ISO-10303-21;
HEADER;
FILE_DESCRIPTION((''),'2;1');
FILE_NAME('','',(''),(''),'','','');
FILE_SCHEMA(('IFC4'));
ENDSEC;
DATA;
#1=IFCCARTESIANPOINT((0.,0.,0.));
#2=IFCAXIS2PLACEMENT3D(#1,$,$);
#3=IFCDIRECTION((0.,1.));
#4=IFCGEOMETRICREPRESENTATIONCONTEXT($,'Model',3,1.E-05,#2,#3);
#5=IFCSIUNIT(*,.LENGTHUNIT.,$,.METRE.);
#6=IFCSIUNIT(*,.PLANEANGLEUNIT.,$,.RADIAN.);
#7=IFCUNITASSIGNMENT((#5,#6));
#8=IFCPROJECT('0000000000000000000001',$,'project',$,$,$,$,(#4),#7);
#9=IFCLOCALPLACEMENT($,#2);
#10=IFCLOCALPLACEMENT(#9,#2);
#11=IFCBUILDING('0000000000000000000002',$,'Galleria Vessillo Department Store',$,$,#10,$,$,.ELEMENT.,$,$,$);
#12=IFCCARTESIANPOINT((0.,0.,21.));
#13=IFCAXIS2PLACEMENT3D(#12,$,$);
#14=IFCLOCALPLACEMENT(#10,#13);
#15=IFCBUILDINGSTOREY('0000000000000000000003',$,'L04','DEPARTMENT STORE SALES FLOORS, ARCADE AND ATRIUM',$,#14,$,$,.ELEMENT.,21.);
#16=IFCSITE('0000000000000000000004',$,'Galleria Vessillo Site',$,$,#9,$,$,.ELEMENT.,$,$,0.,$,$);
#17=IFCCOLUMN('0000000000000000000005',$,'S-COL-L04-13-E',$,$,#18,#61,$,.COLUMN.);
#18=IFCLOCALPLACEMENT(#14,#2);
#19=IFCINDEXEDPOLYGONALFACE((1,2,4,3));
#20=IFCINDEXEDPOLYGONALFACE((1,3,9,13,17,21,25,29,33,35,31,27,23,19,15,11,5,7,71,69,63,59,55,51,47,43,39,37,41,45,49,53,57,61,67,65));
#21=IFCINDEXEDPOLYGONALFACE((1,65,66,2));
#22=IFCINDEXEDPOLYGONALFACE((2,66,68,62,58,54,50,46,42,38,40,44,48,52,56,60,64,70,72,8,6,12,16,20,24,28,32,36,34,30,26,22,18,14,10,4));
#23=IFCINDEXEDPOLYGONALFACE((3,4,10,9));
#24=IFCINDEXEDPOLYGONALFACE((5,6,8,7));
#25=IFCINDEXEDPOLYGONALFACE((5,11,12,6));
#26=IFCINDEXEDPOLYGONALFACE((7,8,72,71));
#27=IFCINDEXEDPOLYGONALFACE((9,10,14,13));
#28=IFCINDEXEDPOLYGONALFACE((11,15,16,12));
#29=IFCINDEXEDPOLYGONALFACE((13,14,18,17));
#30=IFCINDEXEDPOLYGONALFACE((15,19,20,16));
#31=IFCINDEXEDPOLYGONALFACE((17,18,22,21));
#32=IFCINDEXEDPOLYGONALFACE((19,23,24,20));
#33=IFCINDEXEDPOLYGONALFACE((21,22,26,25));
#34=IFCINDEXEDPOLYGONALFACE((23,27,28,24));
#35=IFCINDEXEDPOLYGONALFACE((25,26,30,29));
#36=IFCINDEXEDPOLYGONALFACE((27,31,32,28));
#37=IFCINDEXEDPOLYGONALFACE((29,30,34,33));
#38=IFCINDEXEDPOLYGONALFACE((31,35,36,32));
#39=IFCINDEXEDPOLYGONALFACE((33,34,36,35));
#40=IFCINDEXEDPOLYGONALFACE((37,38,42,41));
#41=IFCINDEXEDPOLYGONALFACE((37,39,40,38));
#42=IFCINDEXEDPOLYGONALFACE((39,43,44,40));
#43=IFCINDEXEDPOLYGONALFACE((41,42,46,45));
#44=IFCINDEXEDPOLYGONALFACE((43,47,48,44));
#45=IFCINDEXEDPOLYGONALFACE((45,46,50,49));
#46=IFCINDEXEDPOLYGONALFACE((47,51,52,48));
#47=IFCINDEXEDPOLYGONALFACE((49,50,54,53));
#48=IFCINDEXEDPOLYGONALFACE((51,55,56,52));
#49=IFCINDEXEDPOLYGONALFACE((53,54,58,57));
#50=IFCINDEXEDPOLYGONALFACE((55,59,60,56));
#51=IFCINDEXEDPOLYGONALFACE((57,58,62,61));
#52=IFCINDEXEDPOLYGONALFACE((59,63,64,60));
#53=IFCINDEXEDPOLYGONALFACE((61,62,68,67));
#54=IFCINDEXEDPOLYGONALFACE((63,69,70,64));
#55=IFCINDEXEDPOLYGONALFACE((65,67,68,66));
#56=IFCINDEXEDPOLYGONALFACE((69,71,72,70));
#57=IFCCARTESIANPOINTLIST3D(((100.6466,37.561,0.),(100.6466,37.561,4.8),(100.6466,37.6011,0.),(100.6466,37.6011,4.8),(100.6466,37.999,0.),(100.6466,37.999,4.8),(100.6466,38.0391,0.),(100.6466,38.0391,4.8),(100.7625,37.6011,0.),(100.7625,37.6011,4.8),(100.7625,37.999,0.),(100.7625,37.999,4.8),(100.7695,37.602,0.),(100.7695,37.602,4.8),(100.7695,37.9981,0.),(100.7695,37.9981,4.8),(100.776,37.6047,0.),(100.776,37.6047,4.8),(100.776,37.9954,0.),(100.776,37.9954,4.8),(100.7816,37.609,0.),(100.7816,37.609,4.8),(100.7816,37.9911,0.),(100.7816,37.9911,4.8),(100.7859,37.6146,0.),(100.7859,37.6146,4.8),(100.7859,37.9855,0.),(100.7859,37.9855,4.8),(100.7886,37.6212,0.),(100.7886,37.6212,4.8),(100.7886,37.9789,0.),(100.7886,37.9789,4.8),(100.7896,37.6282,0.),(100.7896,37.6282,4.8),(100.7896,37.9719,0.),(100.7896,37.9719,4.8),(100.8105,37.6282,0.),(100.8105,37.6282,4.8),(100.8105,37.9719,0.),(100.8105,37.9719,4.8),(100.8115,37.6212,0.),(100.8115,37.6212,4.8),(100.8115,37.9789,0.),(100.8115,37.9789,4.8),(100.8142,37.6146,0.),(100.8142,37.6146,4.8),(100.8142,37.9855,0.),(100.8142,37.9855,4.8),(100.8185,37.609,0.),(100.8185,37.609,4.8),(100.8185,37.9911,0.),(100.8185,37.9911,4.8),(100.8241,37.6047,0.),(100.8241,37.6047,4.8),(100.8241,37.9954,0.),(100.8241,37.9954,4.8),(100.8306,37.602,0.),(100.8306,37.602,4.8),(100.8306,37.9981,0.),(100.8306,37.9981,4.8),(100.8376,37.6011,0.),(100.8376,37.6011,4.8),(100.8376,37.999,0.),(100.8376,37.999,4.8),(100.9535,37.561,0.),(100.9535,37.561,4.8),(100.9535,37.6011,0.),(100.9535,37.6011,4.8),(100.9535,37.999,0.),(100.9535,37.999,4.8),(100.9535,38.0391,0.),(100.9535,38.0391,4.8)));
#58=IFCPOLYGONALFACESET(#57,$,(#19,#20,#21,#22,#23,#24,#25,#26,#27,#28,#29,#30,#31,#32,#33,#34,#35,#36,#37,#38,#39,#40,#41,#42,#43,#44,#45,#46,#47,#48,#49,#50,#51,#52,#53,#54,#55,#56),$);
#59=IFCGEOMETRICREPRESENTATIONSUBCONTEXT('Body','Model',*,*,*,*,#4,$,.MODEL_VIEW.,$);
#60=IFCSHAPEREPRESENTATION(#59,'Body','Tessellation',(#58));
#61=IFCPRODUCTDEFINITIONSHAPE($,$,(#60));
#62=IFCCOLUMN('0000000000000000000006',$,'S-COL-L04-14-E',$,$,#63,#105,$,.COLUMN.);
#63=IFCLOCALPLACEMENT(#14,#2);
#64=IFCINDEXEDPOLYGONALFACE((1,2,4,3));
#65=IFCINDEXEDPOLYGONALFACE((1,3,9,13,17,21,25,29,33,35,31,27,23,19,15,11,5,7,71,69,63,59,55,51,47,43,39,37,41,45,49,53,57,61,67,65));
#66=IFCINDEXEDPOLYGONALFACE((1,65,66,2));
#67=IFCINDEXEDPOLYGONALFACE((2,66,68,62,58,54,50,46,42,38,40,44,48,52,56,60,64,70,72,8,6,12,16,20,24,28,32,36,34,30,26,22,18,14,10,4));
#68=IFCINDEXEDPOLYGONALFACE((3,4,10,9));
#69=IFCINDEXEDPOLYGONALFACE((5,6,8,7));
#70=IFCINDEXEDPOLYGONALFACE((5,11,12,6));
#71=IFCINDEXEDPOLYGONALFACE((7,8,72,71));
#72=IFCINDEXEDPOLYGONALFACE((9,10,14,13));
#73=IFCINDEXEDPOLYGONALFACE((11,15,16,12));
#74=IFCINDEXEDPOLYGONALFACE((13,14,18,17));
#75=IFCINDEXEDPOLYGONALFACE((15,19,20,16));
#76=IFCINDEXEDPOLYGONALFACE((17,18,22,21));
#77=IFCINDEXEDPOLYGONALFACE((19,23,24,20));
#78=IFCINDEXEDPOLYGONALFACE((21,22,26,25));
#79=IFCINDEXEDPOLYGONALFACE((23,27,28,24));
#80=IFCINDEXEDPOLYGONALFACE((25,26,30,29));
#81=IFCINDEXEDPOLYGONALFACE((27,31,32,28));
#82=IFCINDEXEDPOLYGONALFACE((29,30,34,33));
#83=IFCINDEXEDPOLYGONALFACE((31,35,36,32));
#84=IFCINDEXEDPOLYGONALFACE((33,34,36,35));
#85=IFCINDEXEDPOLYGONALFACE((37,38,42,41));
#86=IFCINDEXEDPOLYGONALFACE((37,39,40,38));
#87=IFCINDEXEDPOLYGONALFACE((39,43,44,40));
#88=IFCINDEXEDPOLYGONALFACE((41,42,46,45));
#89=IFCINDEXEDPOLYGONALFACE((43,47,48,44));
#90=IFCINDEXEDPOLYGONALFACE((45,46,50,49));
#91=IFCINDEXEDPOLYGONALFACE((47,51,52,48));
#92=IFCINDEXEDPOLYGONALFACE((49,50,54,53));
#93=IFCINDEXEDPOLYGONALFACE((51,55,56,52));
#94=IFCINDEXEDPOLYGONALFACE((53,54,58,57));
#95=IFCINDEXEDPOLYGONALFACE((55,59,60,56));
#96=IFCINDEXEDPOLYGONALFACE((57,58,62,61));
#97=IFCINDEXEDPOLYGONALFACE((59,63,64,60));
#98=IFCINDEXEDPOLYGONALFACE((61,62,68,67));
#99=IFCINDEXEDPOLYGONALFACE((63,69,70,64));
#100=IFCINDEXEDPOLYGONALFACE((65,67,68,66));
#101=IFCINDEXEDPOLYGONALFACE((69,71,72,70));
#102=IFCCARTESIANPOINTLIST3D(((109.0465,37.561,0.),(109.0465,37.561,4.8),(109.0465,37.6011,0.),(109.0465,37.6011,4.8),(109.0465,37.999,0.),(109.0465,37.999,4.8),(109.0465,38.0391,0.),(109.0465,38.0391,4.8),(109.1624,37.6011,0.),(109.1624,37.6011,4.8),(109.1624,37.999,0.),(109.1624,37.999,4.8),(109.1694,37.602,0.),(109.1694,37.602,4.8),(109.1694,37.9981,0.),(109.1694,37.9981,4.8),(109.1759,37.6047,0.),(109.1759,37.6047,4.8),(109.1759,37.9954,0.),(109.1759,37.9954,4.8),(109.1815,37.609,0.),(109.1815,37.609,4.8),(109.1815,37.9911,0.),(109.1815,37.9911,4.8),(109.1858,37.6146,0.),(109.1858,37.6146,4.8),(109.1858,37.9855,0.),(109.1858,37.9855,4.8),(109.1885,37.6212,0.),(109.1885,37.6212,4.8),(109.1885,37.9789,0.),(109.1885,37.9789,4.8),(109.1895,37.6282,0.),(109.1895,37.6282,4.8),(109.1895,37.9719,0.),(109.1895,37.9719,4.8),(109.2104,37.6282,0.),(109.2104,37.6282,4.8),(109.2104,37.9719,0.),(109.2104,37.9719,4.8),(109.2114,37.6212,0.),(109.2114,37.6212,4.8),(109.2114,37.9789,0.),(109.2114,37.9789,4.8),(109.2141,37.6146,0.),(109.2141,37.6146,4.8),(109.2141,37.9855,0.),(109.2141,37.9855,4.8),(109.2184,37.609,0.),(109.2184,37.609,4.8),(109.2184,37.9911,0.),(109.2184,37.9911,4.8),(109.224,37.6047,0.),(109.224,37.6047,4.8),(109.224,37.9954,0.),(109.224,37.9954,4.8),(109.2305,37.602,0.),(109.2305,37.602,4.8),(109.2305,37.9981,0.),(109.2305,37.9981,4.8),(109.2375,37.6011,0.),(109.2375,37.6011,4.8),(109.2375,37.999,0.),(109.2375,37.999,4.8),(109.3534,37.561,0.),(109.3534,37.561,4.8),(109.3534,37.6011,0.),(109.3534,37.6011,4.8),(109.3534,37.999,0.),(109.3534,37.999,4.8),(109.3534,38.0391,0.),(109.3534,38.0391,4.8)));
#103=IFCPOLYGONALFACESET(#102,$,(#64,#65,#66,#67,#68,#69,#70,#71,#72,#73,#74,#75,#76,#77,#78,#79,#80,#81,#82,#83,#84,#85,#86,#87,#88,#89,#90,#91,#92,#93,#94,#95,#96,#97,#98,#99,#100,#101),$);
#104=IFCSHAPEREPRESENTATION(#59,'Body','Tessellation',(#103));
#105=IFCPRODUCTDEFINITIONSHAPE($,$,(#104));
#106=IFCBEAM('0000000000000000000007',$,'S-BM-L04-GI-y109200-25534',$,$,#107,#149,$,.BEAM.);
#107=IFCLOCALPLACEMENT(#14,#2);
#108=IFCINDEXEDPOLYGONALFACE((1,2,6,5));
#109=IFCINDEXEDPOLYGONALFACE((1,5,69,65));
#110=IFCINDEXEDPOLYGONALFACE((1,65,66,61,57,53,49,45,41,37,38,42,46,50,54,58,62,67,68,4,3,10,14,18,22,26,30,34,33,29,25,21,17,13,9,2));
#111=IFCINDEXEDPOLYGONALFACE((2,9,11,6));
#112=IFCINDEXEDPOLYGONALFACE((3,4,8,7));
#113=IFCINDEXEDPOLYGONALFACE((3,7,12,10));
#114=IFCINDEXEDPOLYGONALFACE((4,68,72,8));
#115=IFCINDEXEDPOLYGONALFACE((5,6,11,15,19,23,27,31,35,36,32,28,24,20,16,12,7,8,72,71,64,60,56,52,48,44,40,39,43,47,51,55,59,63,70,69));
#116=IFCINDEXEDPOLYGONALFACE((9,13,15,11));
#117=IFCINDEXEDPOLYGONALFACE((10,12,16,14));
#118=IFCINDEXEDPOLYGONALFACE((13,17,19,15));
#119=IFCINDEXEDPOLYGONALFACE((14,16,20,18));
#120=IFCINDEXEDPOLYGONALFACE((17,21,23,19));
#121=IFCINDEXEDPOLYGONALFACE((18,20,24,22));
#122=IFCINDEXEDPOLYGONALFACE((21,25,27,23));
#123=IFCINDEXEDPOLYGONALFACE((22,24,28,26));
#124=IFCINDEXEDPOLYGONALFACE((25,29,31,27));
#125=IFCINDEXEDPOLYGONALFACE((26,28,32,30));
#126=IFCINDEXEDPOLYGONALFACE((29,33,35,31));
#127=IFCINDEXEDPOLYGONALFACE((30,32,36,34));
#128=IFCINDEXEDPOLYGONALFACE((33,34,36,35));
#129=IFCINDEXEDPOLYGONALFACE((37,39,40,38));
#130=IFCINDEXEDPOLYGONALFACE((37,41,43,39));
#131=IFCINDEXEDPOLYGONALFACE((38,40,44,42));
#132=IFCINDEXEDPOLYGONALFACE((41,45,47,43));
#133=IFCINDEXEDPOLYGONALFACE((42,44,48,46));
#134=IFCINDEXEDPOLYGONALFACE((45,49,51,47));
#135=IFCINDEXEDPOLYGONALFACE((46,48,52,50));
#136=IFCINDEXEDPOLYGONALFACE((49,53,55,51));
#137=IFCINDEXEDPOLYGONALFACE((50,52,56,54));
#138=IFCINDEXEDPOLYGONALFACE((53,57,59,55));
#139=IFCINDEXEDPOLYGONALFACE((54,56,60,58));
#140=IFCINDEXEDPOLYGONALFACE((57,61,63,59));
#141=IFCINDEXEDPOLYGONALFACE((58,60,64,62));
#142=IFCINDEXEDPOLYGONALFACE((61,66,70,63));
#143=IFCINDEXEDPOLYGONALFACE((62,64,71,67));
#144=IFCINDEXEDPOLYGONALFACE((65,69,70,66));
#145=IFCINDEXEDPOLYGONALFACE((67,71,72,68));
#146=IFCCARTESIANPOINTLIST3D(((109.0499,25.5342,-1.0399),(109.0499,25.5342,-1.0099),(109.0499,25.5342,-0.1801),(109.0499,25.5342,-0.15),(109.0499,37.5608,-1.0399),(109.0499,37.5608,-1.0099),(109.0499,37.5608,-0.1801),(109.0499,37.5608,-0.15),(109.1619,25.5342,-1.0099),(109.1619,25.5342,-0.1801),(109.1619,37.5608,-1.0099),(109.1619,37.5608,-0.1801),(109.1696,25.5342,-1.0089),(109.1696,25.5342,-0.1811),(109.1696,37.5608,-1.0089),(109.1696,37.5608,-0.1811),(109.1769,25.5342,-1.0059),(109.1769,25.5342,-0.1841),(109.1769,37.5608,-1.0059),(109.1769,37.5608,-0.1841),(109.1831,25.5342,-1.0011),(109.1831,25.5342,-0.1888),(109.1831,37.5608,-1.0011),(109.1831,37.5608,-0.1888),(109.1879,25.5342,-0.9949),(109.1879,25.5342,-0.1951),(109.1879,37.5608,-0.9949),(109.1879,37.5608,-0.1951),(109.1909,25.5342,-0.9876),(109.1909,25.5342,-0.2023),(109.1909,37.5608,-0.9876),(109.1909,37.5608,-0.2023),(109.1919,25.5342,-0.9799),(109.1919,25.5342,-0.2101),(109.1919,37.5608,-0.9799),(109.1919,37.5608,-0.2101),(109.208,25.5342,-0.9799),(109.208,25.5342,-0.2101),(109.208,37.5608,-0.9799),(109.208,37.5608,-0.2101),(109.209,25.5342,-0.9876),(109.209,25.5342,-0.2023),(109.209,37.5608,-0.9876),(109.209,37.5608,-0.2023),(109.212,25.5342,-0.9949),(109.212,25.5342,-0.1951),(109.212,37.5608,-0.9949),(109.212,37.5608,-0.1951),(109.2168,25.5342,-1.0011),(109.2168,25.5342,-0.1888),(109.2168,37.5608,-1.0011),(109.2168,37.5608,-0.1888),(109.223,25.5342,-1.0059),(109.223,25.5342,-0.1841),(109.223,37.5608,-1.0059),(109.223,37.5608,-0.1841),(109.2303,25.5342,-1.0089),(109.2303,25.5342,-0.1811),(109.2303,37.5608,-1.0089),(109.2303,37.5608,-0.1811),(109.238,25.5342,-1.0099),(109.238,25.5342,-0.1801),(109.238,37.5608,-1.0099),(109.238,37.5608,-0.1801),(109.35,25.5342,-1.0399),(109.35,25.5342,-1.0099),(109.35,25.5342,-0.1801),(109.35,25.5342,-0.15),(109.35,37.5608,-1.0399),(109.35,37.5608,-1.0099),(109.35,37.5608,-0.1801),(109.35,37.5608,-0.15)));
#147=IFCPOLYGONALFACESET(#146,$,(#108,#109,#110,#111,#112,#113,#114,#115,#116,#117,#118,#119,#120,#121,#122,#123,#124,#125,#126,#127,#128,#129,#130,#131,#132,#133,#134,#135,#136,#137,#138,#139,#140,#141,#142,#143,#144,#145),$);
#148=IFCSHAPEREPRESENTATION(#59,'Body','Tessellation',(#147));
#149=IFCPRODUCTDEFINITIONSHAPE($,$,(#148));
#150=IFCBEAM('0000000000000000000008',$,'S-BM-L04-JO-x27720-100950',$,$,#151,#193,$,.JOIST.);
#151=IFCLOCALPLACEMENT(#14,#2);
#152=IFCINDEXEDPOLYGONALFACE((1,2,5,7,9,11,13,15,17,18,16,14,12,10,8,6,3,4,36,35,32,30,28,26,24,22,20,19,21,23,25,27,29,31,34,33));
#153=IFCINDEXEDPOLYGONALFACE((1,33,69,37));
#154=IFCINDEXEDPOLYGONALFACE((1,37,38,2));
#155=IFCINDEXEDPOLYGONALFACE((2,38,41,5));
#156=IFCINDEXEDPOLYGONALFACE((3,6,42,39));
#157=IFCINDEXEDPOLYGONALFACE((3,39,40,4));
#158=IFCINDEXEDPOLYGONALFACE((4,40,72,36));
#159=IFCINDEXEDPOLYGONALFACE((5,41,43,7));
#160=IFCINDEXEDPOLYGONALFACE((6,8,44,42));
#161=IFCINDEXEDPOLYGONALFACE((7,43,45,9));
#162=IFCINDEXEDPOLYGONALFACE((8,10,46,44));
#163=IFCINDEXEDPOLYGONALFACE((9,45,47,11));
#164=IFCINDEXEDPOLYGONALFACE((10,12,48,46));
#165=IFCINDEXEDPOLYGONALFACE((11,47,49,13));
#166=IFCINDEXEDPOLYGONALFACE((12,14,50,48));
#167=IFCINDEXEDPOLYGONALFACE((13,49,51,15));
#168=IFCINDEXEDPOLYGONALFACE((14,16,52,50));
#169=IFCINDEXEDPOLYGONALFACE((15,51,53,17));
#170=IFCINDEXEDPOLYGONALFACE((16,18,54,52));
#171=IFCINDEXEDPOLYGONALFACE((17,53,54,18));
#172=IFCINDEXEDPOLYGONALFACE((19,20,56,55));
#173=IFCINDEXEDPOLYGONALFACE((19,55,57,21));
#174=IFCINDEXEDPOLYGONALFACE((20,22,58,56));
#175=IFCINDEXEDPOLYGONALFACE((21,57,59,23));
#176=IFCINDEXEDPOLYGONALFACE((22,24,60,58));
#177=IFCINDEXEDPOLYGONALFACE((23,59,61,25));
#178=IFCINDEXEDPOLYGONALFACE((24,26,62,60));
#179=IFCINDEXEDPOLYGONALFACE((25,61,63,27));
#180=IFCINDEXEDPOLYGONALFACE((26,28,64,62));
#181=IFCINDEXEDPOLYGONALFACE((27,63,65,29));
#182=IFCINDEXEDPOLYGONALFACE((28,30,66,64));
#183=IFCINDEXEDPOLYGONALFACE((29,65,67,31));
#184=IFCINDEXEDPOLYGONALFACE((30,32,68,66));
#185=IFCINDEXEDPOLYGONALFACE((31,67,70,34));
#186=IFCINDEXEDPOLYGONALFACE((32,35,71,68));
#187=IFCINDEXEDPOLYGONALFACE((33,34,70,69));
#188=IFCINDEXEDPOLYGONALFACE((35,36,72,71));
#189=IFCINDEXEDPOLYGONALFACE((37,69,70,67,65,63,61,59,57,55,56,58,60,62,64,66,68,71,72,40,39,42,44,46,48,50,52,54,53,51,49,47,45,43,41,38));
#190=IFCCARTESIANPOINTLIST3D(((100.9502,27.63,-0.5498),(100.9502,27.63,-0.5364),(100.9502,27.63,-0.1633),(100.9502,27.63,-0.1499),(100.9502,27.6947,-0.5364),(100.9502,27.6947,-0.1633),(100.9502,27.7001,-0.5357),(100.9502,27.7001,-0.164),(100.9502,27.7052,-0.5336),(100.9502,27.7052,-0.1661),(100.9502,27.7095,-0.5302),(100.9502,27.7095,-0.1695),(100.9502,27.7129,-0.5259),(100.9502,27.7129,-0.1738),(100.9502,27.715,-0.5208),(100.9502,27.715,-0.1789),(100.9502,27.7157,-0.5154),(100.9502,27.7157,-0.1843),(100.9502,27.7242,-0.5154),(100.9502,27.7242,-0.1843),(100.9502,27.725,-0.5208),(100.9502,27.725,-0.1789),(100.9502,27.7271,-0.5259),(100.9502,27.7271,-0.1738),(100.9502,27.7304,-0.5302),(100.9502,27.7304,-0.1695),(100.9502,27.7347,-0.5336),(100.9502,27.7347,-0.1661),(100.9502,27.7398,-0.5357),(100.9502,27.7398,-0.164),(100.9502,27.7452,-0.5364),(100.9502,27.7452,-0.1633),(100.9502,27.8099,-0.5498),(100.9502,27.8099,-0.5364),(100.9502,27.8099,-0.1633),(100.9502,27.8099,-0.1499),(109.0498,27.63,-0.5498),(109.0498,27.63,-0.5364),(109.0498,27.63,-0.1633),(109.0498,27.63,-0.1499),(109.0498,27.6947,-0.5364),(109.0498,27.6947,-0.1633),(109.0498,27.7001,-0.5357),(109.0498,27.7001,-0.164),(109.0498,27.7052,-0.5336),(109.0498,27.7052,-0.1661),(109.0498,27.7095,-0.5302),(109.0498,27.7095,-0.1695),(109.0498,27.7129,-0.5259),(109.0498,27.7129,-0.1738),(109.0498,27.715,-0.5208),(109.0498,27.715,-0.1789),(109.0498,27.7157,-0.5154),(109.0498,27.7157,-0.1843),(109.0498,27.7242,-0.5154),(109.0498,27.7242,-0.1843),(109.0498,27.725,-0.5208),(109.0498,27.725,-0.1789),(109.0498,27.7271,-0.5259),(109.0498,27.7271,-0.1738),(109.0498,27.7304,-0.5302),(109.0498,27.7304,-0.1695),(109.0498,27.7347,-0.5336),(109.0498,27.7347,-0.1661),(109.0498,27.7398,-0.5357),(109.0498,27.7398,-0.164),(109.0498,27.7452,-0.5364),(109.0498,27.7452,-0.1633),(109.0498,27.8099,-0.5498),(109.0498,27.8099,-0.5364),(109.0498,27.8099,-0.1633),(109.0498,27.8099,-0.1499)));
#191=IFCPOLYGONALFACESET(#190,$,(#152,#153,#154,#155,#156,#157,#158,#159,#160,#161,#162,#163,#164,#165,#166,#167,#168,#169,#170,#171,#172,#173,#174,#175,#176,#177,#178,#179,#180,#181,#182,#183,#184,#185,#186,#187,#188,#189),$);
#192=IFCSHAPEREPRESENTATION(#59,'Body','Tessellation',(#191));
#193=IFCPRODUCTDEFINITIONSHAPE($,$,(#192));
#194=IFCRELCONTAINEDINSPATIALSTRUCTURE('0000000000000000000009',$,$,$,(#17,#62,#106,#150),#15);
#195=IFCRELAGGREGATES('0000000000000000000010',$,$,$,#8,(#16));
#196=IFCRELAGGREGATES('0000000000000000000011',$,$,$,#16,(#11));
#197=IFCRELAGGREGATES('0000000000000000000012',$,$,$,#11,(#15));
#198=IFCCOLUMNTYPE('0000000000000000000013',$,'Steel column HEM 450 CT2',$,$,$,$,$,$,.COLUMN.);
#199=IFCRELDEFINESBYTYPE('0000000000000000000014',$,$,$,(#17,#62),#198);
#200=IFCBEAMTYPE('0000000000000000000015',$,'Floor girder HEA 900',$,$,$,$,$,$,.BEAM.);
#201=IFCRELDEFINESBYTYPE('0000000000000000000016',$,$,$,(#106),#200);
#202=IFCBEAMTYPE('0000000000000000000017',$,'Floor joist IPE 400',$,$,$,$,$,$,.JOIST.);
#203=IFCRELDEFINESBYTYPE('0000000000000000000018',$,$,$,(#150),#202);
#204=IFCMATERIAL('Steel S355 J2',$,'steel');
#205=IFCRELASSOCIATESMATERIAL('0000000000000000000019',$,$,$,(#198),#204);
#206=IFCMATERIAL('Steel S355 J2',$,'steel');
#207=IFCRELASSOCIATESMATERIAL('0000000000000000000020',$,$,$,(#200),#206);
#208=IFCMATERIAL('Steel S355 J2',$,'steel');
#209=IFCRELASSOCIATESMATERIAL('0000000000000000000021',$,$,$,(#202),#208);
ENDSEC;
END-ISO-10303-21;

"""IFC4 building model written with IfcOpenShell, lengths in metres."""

from ifc_helpers import new_model, si_unit, direction, frame, origin, origin_2d, place, context, subcontext, project, spatial, i_section, extrude, material, material_profile, profile_set, type_object, element, save


model = new_model("IFC4")

# Units and contexts
model_context = context("Model", 3, precision=1e-05, world=origin(), true_north=direction((0.0, 1.0)))
body_context = subcontext(model_context, "Body", "Model", "MODEL_VIEW")
ifc_project = project(units=[si_unit("LENGTHUNIT", "METRE"), si_unit("PLANEANGLEUNIT", "RADIAN")], contexts=[model_context])

# Site, building, storey
site_placement = place(None, origin())
site = spatial("IfcSite", under=ifc_project, at=site_placement, Name="Galleria Vessillo Site", CompositionType="ELEMENT", RefElevation=0.0)
building_placement = place(site_placement, origin())
building = spatial("IfcBuilding", under=site, at=building_placement, Name="Galleria Vessillo Department Store", CompositionType="ELEMENT")
storey_placement = place(building_placement, frame((0.0, 0.0, 21.0)))
storey = spatial("IfcBuildingStorey", under=building, at=storey_placement, Name="L04", Description="DEPARTMENT STORE SALES FLOORS, ARCADE AND ATRIUM", CompositionType="ELEMENT", Elevation=21.0)

# Columns
ifc_material_1 = material(Name="Steel S355 J2", Category="steel")
ifc_material_profile_1 = material_profile(ifc_material_1, i_section(OverallWidth=0.3069, OverallDepth=0.478, WebThickness=0.021, FlangeThickness=0.04, FilletRadius=0.0271, at=origin_2d()), Name="HEM 450")
ifc_profile_set_1 = profile_set([ifc_material_profile_1], Name="Steel S355 J2")
column_type = type_object("IfcColumnType", Name="Steel column HEM 450 CT2", PredefinedType="COLUMN", material=ifc_profile_set_1)
for number, where, z_axis, x_axis, name in (
    (1, (100.8, 37.8, 0.0), (0.0, 0.0, 1.0), (1.0, 0.0, 0.0), "S-COL-L04-13-E"),
    (2, (109.2, 37.8, 0.0), (0.0, 0.0, 1.0), (1.0, 0.0, 0.0), "S-COL-L04-14-E"),
):
    element("IfcColumn", number, at=place(storey_placement, frame(where, z_axis=z_axis, x_axis=x_axis)), inside=storey, type_object=column_type, Name=name, PredefinedType="COLUMN", context=body_context, shape_type="SweptSolid", body=[
        extrude(i_section(OverallWidth=0.3069, OverallDepth=0.478, WebThickness=0.021, FlangeThickness=0.04, FilletRadius=0.0271, at=origin_2d()), origin(), (0.0, 0.0, 1.0), 4.8),
    ])

# Beams
ifc_material_2 = material(Name="Steel S355 J2", Category="steel")
ifc_material_profile_2 = material_profile(ifc_material_2, i_section(OverallWidth=0.3, OverallDepth=0.8899, WebThickness=0.0161, FlangeThickness=0.03, FilletRadius=0.03, at=origin_2d()), Name="HEA 900")
ifc_profile_set_2 = profile_set([ifc_material_profile_2], Name="Steel S355 J2")
beam_type_1 = type_object("IfcBeamType", Name="Floor girder HEA 900", PredefinedType="BEAM", material=ifc_profile_set_2)
beam_1_placement = place(storey_placement, frame((109.2, 25.5342, -0.595), z_axis=(0.0, 1.0, 0.0), x_axis=(-1.0, 0.0, 0.0)))
element("IfcBeam", 3, at=beam_1_placement, inside=storey, type_object=beam_type_1, Name="S-BM-L04-GI-y109200-25534", PredefinedType="BEAM", context=body_context, shape_type="SweptSolid", body=[
    extrude(i_section(OverallWidth=0.3, OverallDepth=0.8899, WebThickness=0.0161, FlangeThickness=0.03, FilletRadius=0.03, at=origin_2d()), origin(), (0.0, 0.0, 1.0), 12.0266),
])
ifc_material_3 = material(Name="Steel S355 J2", Category="steel")
ifc_material_profile_3 = material_profile(ifc_material_3, i_section(OverallWidth=0.1799, OverallDepth=0.3999, WebThickness=0.0085, FlangeThickness=0.0134, FilletRadius=0.021, at=origin_2d()), Name="IPE 400")
ifc_profile_set_3 = profile_set([ifc_material_profile_3], Name="Steel S355 J2")
beam_type_2 = type_object("IfcBeamType", Name="Floor joist IPE 400", PredefinedType="JOIST", material=ifc_profile_set_3)
for number, where, z_axis, x_axis, name in (
    (4, (100.9502, 27.72, -0.3499), (1.0, 0.0, 0.0), (0.0, 1.0, 0.0), "S-BM-L04-JO-x27720-100950"),
):
    element("IfcBeam", number, at=place(storey_placement, frame(where, z_axis=z_axis, x_axis=x_axis)), inside=storey, type_object=beam_type_2, Name=name, PredefinedType="JOIST", context=body_context, shape_type="SweptSolid", body=[
        extrude(i_section(OverallWidth=0.1799, OverallDepth=0.3999, WebThickness=0.0085, FlangeThickness=0.0134, FilletRadius=0.021, at=origin_2d()), origin(), (0.0, 0.0, 1.0), 8.0996),
    ])

save(model, "model.ifc")
